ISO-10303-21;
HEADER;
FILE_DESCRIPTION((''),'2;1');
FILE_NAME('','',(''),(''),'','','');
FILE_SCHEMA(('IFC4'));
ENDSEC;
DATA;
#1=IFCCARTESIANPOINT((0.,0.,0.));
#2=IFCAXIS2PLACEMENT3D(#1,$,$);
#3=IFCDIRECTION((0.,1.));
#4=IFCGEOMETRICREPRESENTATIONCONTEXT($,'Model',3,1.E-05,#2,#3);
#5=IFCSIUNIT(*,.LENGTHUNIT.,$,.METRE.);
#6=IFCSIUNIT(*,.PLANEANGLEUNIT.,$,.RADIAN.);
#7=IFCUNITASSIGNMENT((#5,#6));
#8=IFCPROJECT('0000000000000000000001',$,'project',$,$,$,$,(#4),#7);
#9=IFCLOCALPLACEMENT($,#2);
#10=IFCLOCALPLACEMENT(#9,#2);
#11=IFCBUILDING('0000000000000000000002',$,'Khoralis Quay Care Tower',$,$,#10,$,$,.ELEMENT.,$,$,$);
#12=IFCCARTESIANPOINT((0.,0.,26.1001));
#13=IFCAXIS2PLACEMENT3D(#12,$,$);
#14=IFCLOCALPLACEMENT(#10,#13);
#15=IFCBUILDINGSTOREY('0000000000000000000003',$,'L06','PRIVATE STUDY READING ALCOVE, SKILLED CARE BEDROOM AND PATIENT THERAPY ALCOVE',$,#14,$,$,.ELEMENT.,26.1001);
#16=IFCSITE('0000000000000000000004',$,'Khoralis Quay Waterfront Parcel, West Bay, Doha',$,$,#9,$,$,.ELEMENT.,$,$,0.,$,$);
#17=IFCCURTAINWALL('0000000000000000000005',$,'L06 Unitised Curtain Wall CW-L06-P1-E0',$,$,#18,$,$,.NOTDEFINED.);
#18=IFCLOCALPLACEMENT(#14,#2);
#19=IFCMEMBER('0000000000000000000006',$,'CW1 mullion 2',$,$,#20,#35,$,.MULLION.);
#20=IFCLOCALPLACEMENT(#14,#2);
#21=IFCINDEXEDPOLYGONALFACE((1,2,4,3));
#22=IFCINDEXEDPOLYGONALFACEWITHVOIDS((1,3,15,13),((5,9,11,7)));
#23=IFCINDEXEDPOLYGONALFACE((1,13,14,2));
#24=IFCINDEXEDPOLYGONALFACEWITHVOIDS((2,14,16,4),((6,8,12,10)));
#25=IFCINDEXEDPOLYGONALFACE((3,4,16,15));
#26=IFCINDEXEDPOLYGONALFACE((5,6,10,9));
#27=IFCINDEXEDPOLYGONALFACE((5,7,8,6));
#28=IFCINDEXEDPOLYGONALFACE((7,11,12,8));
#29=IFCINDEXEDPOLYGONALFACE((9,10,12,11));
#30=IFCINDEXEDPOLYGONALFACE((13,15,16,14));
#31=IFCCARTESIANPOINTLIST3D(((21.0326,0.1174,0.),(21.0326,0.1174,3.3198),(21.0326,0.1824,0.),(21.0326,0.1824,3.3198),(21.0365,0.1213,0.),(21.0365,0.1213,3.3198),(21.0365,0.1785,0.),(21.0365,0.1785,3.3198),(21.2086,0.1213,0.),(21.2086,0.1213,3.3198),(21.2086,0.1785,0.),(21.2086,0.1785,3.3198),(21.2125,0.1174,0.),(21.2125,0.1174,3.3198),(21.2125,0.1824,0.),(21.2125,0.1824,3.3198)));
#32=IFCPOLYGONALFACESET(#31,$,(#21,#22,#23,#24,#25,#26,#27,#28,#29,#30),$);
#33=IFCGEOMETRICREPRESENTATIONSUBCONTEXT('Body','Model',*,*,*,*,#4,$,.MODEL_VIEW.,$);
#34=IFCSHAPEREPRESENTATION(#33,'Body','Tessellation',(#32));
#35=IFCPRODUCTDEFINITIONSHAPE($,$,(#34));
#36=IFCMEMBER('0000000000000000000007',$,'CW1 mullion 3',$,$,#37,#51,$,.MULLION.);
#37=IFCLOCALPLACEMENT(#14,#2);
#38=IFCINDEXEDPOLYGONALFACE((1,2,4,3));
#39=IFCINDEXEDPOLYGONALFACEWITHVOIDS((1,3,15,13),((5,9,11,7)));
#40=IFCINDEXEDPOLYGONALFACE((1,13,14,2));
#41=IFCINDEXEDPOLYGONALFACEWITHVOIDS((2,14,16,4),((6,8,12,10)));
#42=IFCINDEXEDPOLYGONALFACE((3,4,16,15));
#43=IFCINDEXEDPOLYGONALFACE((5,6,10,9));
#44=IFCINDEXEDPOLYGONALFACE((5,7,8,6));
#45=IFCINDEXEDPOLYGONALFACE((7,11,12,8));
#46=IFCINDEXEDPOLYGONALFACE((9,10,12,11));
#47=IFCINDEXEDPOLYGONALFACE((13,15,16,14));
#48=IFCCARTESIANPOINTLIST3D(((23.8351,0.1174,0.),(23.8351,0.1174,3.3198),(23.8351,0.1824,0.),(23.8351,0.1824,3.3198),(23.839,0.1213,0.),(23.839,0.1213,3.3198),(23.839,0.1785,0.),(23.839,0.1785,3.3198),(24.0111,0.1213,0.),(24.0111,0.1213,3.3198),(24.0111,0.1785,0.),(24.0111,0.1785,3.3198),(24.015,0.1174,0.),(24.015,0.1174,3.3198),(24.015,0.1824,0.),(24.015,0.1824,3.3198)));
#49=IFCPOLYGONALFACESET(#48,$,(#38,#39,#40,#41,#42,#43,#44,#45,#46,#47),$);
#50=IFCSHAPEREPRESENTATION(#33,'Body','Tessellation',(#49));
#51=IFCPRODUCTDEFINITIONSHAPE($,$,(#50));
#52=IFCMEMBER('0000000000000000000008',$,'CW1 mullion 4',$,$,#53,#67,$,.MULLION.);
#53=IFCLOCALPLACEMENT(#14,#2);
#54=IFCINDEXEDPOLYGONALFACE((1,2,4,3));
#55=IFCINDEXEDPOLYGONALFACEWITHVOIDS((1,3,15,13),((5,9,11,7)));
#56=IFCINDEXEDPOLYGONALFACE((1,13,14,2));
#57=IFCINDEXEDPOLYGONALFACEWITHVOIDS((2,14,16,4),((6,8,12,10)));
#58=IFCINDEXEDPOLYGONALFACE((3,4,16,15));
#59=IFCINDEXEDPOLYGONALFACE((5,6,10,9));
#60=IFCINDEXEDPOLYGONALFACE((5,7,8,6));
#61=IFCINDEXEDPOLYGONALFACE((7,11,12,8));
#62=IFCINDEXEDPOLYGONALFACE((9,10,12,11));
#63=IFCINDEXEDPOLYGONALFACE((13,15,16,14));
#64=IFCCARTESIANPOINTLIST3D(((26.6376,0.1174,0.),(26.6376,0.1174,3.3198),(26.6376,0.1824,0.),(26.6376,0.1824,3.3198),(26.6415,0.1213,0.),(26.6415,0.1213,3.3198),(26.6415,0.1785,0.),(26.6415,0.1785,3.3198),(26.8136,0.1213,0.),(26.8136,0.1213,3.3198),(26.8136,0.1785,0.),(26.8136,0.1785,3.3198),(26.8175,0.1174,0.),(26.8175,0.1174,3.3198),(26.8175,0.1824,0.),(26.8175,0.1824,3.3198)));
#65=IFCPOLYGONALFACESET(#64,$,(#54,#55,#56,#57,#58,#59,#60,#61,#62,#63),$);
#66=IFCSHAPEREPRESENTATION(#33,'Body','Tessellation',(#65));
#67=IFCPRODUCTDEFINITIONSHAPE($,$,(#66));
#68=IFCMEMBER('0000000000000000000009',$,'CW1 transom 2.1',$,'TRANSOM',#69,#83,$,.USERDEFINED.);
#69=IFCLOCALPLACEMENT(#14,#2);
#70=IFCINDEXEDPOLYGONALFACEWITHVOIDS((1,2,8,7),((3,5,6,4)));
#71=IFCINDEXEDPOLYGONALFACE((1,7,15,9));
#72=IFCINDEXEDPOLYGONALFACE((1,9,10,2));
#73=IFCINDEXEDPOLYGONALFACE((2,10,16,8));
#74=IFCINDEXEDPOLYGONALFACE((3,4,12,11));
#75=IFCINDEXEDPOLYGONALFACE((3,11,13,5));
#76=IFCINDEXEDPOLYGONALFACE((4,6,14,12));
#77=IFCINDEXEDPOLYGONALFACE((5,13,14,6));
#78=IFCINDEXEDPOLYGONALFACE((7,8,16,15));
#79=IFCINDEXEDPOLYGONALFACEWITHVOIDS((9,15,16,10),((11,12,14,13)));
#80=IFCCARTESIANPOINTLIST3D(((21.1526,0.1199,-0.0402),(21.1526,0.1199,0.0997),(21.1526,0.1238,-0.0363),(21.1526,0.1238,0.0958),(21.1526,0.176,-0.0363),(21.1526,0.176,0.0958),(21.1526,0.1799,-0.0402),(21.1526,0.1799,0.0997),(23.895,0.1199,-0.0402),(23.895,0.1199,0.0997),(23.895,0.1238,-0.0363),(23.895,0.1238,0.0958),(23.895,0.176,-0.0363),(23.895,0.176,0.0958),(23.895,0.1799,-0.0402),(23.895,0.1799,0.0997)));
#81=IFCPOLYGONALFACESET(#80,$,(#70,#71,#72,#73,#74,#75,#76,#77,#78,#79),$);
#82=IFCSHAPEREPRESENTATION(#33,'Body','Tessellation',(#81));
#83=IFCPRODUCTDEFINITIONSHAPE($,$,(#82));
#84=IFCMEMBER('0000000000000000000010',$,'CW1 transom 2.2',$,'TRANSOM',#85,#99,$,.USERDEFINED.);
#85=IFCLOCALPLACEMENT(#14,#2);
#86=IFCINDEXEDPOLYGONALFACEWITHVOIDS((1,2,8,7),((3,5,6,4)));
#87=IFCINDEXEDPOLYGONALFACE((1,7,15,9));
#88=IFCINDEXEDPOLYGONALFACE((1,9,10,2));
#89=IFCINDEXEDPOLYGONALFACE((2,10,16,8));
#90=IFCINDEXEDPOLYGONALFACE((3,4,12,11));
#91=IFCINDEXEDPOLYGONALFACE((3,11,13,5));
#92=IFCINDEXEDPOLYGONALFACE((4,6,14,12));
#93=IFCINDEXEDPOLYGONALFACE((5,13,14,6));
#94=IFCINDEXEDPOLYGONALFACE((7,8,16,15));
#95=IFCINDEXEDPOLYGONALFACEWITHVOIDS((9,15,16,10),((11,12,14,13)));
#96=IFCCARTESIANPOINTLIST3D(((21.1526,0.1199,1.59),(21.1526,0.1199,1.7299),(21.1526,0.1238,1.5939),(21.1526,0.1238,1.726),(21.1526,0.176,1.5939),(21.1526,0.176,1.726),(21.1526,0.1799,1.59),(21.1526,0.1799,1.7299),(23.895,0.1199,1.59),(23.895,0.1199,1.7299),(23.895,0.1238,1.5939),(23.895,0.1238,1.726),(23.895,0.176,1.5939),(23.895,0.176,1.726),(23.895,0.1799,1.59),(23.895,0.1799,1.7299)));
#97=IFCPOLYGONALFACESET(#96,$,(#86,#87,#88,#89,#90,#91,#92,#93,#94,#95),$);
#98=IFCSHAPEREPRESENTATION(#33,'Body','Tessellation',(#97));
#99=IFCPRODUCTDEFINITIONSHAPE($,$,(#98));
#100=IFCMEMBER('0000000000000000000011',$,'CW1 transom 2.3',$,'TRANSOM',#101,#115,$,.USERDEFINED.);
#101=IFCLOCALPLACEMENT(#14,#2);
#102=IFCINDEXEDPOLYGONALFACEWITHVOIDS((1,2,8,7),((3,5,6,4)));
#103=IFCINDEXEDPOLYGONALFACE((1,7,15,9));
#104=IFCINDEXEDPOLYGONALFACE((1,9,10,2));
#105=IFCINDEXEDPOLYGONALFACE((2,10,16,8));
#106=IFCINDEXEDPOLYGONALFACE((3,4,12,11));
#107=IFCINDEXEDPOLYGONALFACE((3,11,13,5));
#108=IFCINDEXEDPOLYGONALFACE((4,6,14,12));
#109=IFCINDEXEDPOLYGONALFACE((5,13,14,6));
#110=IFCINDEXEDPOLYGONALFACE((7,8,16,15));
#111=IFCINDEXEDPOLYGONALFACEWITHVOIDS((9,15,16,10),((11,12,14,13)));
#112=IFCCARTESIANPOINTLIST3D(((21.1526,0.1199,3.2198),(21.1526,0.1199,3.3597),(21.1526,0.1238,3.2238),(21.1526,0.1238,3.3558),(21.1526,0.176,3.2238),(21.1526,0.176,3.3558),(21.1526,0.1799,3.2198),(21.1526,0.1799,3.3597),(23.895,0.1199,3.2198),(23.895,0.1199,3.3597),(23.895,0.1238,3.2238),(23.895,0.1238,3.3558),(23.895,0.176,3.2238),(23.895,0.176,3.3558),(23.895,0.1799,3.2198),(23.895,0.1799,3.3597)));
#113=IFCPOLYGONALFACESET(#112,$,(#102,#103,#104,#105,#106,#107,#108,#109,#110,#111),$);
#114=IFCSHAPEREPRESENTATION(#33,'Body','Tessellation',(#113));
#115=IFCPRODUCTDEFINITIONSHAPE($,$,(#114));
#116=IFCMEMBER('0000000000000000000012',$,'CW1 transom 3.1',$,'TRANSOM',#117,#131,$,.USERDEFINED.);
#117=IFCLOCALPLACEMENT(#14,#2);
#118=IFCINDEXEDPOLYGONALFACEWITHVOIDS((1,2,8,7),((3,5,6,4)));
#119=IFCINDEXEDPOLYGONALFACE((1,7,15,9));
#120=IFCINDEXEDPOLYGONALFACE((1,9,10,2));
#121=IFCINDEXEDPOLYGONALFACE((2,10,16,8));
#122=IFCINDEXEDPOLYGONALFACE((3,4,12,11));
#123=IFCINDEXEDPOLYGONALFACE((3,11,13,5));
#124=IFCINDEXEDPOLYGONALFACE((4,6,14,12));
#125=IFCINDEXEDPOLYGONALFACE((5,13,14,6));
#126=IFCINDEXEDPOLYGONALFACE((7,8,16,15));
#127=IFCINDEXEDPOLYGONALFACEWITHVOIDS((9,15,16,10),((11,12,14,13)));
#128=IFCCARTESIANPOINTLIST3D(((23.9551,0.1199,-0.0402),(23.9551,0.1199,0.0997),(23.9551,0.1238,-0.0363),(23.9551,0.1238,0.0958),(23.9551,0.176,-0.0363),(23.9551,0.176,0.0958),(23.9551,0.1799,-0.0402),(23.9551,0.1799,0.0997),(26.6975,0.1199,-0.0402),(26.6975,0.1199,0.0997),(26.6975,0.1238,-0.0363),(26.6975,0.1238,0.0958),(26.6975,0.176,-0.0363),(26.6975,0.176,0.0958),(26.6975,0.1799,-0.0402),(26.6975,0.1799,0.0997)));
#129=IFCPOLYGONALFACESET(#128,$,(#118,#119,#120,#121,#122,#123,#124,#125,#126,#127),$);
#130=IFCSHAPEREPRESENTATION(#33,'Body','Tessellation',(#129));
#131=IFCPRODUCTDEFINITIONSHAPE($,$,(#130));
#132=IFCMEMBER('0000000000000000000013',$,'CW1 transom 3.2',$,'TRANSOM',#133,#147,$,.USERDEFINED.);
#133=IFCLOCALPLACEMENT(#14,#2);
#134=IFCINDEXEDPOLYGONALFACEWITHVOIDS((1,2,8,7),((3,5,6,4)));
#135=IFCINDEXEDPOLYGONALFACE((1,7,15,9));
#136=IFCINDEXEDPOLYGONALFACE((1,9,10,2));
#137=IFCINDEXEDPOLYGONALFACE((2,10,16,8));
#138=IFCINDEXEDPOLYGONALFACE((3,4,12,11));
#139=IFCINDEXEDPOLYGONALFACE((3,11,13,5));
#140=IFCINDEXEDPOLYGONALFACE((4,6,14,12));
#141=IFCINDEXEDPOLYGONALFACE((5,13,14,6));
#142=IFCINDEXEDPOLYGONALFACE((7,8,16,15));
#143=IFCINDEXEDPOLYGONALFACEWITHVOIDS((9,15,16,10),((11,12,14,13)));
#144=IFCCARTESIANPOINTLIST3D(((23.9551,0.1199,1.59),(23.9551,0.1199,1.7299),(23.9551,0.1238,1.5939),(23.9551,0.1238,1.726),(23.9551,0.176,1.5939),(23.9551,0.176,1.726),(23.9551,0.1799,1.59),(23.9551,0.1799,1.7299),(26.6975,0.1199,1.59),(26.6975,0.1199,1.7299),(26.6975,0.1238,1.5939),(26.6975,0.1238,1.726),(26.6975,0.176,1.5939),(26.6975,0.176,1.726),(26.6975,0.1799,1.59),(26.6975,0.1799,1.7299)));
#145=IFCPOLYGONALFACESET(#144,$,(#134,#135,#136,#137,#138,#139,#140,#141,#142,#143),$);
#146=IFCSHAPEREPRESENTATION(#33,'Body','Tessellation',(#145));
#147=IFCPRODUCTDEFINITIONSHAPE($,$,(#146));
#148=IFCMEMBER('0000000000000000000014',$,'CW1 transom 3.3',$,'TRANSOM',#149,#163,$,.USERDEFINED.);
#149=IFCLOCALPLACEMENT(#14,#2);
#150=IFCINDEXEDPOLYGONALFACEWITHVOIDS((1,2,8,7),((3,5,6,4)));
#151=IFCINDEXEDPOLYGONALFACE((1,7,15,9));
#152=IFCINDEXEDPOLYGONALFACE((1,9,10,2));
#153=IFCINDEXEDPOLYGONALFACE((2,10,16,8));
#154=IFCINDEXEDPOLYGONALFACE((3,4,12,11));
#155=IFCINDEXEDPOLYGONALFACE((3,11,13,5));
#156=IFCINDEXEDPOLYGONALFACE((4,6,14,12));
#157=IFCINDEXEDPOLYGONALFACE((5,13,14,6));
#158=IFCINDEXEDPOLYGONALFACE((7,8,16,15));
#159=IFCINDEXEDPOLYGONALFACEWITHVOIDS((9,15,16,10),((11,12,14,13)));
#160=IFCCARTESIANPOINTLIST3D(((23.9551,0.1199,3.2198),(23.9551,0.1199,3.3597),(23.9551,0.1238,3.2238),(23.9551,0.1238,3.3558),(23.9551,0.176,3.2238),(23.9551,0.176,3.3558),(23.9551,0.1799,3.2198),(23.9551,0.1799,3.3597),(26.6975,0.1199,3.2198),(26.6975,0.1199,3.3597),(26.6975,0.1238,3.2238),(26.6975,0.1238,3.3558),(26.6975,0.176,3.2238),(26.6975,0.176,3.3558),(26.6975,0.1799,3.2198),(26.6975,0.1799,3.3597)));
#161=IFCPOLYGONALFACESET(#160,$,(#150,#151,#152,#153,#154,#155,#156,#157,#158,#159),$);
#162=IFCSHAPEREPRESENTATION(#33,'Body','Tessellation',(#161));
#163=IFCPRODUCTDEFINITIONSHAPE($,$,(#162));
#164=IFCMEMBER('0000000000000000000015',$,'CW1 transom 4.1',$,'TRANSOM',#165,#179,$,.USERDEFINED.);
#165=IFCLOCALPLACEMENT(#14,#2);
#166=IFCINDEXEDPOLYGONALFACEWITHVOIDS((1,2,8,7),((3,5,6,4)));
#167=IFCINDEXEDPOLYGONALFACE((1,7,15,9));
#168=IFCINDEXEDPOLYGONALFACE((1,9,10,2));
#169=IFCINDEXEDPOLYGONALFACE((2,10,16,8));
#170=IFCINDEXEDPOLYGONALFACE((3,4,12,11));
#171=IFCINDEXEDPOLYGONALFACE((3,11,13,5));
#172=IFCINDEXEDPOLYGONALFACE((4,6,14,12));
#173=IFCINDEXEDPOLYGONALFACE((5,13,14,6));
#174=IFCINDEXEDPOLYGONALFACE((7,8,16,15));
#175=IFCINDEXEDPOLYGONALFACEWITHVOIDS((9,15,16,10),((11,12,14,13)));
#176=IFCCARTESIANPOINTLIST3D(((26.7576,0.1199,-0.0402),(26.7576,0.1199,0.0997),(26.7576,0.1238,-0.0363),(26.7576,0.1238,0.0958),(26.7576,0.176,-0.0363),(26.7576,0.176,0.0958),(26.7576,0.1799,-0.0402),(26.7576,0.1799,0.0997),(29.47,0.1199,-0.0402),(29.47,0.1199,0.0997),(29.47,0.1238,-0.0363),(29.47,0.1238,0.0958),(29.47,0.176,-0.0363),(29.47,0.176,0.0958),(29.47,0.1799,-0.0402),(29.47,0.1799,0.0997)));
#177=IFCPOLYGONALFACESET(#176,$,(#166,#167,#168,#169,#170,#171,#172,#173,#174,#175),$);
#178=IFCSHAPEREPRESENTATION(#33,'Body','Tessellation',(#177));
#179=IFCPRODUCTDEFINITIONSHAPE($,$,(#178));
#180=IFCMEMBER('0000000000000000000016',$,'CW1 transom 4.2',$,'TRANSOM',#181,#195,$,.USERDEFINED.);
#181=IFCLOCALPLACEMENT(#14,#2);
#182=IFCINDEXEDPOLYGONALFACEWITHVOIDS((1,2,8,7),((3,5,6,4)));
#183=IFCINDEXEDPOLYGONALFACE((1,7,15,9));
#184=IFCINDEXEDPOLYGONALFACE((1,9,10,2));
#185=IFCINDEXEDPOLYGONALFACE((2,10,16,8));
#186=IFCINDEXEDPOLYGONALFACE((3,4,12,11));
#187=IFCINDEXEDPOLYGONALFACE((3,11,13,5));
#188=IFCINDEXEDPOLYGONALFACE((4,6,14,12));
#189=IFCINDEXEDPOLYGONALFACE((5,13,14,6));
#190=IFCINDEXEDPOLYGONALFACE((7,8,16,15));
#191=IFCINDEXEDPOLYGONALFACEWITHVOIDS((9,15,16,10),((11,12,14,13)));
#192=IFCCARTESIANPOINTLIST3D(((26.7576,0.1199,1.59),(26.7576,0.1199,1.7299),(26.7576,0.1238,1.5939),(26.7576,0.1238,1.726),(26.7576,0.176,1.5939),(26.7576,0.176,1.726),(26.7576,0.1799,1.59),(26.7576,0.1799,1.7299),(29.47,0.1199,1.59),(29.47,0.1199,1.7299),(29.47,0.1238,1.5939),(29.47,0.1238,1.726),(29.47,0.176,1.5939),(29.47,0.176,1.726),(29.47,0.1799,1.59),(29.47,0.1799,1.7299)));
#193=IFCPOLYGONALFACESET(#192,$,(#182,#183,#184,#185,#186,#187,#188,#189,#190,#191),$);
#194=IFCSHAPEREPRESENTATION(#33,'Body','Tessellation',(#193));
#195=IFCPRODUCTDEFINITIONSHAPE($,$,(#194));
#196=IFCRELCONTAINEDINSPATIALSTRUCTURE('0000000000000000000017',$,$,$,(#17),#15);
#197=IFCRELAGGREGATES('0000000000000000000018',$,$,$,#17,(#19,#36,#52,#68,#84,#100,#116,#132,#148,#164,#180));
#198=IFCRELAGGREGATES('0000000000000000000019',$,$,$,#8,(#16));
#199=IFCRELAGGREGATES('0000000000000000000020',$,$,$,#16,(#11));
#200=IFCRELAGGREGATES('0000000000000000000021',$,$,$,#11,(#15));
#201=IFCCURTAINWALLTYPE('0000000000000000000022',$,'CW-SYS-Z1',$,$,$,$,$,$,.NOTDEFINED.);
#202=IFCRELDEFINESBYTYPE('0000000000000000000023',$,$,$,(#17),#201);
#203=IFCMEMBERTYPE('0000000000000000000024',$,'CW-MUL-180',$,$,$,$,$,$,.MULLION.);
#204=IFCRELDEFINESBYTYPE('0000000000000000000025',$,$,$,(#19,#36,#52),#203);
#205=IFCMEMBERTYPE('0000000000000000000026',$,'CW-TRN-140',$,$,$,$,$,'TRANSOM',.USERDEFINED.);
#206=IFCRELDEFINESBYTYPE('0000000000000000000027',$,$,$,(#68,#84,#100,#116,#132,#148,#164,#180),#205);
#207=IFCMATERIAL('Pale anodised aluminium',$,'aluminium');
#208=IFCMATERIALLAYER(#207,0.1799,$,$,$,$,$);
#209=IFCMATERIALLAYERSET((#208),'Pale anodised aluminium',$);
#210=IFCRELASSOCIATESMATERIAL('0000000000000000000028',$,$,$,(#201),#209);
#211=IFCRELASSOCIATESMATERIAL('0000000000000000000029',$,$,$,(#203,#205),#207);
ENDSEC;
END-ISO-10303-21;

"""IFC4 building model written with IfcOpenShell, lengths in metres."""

from ifc_helpers import new_model, si_unit, direction, frame, origin, origin_2d, place, context, subcontext, project, spatial, hollow_rectangle, extrude, source, transform, mapped, material, layer, layer_set, material_profile, profile_set, type_object, element, aggregate, save


model = new_model("IFC4")

# Units and contexts
model_context = context("Model", 3, precision=1e-05, world=origin(), true_north=direction((0.0, 1.0)))
body_context = subcontext(model_context, "Body", "Model", "MODEL_VIEW")
ifc_project = project(units=[si_unit("LENGTHUNIT", "METRE"), si_unit("PLANEANGLEUNIT", "RADIAN")], contexts=[model_context])

# Site, building, storey
site_placement = place(None, origin())
site = spatial("IfcSite", under=ifc_project, at=site_placement, Name="Khoralis Quay Waterfront Parcel, West Bay, Doha", CompositionType="ELEMENT", RefElevation=0.0)
building_placement = place(site_placement, origin())
building = spatial("IfcBuilding", under=site, at=building_placement, Name="Khoralis Quay Care Tower", CompositionType="ELEMENT")
storey_placement = place(building_placement, frame((0.0, 0.0, 26.1001)))
storey = spatial("IfcBuildingStorey", under=building, at=storey_placement, Name="L06", Description="PRIVATE STUDY READING ALCOVE, SKILLED CARE BEDROOM AND PATIENT THERAPY ALCOVE", CompositionType="ELEMENT", Elevation=26.1001)

# Curtain wall, members
ifc_material_1 = material(Name="Pale anodised aluminium", Category="aluminium")
ifc_layer_1 = layer(ifc_material_1, 0.1799)
ifc_layer_set_1 = layer_set([ifc_layer_1], Name="Pale anodised aluminium")
curtain_wall_type = type_object("IfcCurtainWallType", Name="CW-SYS-Z1", PredefinedType="NOTDEFINED", material=ifc_layer_set_1)
curtain_wall_placement = place(storey_placement, origin())
curtain_wall = element("IfcCurtainWall", 1, at=curtain_wall_placement, inside=storey, type_object=curtain_wall_type, Name="L06 Unitised Curtain Wall CW-L06-P1-E0", PredefinedType="NOTDEFINED")
ifc_material_profile_1 = material_profile(ifc_material_1, hollow_rectangle(XDim=0.0649, YDim=0.1799, WallThickness=0.0039, at=origin_2d()), Name="Pale anodised aluminium")
ifc_profile_set_1 = profile_set([ifc_material_profile_1], Name="Pale anodised aluminium")
member_type_1 = type_object("IfcMemberType", Name="CW-MUL-180", PredefinedType="MULLION", material=ifc_profile_set_1)
shared_shape_1 = source(origin(), body_context, "Body", "SweptSolid", [
    extrude(hollow_rectangle(XDim=0.0649, YDim=0.1799, WallThickness=0.0039, at=origin_2d()), origin(), (0.0, 0.0, 1.0), 3.3198),
])
member_1_placement = place(storey_placement, frame((21.1226, 0.1499, 0.0), z_axis=(0.0, 0.0, 1.0), x_axis=(0.0, 1.0, 0.0)))
member_1 = element("IfcMember", 2, at=member_1_placement, type_object=member_type_1, Name="CW1 mullion 2", PredefinedType="MULLION", context=body_context, shape_type="MappedRepresentation", body=[
    mapped(shared_shape_1, transform((0.0, 0.0, 0.0), scale=1.0)),
])
member_2_placement = place(storey_placement, frame((23.925, 0.1499, 0.0), z_axis=(0.0, 0.0, 1.0), x_axis=(0.0, 1.0, 0.0)))
member_2 = element("IfcMember", 3, at=member_2_placement, type_object=member_type_1, Name="CW1 mullion 3", PredefinedType="MULLION", context=body_context, shape_type="MappedRepresentation", body=[
    mapped(shared_shape_1, transform((0.0, 0.0, 0.0), scale=1.0)),
])
member_3_placement = place(storey_placement, frame((26.7275, 0.1499, 0.0), z_axis=(0.0, 0.0, 1.0), x_axis=(0.0, 1.0, 0.0)))
member_3 = element("IfcMember", 4, at=member_3_placement, type_object=member_type_1, Name="CW1 mullion 4", PredefinedType="MULLION", context=body_context, shape_type="MappedRepresentation", body=[
    mapped(shared_shape_1, transform((0.0, 0.0, 0.0), scale=1.0)),
])
ifc_material_profile_2 = material_profile(ifc_material_1, hollow_rectangle(XDim=0.0601, YDim=0.1399, WallThickness=0.0039, at=origin_2d()), Name="Pale anodised aluminium")
ifc_profile_set_2 = profile_set([ifc_material_profile_2], Name="Pale anodised aluminium")
member_type_2 = type_object("IfcMemberType", Name="CW-TRN-140", ElementType="TRANSOM", PredefinedType="USERDEFINED", material=ifc_profile_set_2)
shared_shape_2 = source(origin(), body_context, "Body", "SweptSolid", [
    extrude(hollow_rectangle(XDim=0.0601, YDim=0.1399, WallThickness=0.0039, at=origin_2d()), origin(), (0.0, 0.0, 1.0), 2.7424),
])
member_4_placement = place(storey_placement, frame((21.1526, 0.1499, 0.0298), z_axis=(1.0, 0.0, 0.0), x_axis=(0.0, 1.0, 0.0)))
member_4 = element("IfcMember", 5, at=member_4_placement, type_object=member_type_2, Name="CW1 transom 2.1", ObjectType="TRANSOM", PredefinedType="USERDEFINED", context=body_context, shape_type="MappedRepresentation", body=[
    mapped(shared_shape_2, transform((0.0, 0.0, 0.0), scale=1.0)),
])
member_5_placement = place(storey_placement, frame((21.1526, 0.1499, 1.6599), z_axis=(1.0, 0.0, 0.0), x_axis=(0.0, 1.0, 0.0)))
member_5 = element("IfcMember", 6, at=member_5_placement, type_object=member_type_2, Name="CW1 transom 2.2", ObjectType="TRANSOM", PredefinedType="USERDEFINED", context=body_context, shape_type="MappedRepresentation", body=[
    mapped(shared_shape_2, transform((0.0, 0.0, 0.0), scale=1.0)),
])
member_6_placement = place(storey_placement, frame((21.1526, 0.1499, 3.2898), z_axis=(1.0, 0.0, 0.0), x_axis=(0.0, 1.0, 0.0)))
member_6 = element("IfcMember", 7, at=member_6_placement, type_object=member_type_2, Name="CW1 transom 2.3", ObjectType="TRANSOM", PredefinedType="USERDEFINED", context=body_context, shape_type="MappedRepresentation", body=[
    mapped(shared_shape_2, transform((0.0, 0.0, 0.0), scale=1.0)),
])
member_7_placement = place(storey_placement, frame((23.9551, 0.1499, 0.0298), z_axis=(1.0, 0.0, 0.0), x_axis=(0.0, 1.0, 0.0)))
member_7 = element("IfcMember", 8, at=member_7_placement, type_object=member_type_2, Name="CW1 transom 3.1", ObjectType="TRANSOM", PredefinedType="USERDEFINED", context=body_context, shape_type="MappedRepresentation", body=[
    mapped(shared_shape_2, transform((0.0, 0.0, 0.0), scale=1.0)),
])
member_8_placement = place(storey_placement, frame((23.9551, 0.1499, 1.6599), z_axis=(1.0, 0.0, 0.0), x_axis=(0.0, 1.0, 0.0)))
member_8 = element("IfcMember", 9, at=member_8_placement, type_object=member_type_2, Name="CW1 transom 3.2", ObjectType="TRANSOM", PredefinedType="USERDEFINED", context=body_context, shape_type="MappedRepresentation", body=[
    mapped(shared_shape_2, transform((0.0, 0.0, 0.0), scale=1.0)),
])
member_9_placement = place(storey_placement, frame((23.9551, 0.1499, 3.2898), z_axis=(1.0, 0.0, 0.0), x_axis=(0.0, 1.0, 0.0)))
member_9 = element("IfcMember", 10, at=member_9_placement, type_object=member_type_2, Name="CW1 transom 3.3", ObjectType="TRANSOM", PredefinedType="USERDEFINED", context=body_context, shape_type="MappedRepresentation", body=[
    mapped(shared_shape_2, transform((0.0, 0.0, 0.0), scale=1.0)),
])
shared_shape_3 = source(origin(), body_context, "Body", "SweptSolid", [
    extrude(hollow_rectangle(XDim=0.0601, YDim=0.1399, WallThickness=0.0039, at=origin_2d()), origin(), (0.0, 0.0, 1.0), 2.7124),
])
member_10_placement = place(storey_placement, frame((26.7576, 0.1499, 0.0298), z_axis=(1.0, 0.0, 0.0), x_axis=(0.0, 1.0, 0.0)))
member_10 = element("IfcMember", 11, at=member_10_placement, type_object=member_type_2, Name="CW1 transom 4.1", ObjectType="TRANSOM", PredefinedType="USERDEFINED", context=body_context, shape_type="MappedRepresentation", body=[
    mapped(shared_shape_3, transform((0.0, 0.0, 0.0), scale=1.0)),
])
member_11_placement = place(storey_placement, frame((26.7576, 0.1499, 1.6599), z_axis=(1.0, 0.0, 0.0), x_axis=(0.0, 1.0, 0.0)))
member_11 = element("IfcMember", 12, at=member_11_placement, type_object=member_type_2, Name="CW1 transom 4.2", ObjectType="TRANSOM", PredefinedType="USERDEFINED", context=body_context, shape_type="MappedRepresentation", body=[
    mapped(shared_shape_3, transform((0.0, 0.0, 0.0), scale=1.0)),
])
aggregate(curtain_wall, [member_1, member_2, member_3, member_4, member_5, member_6, member_7, member_8, member_9, member_10, member_11])

save(model, "model.ifc")
